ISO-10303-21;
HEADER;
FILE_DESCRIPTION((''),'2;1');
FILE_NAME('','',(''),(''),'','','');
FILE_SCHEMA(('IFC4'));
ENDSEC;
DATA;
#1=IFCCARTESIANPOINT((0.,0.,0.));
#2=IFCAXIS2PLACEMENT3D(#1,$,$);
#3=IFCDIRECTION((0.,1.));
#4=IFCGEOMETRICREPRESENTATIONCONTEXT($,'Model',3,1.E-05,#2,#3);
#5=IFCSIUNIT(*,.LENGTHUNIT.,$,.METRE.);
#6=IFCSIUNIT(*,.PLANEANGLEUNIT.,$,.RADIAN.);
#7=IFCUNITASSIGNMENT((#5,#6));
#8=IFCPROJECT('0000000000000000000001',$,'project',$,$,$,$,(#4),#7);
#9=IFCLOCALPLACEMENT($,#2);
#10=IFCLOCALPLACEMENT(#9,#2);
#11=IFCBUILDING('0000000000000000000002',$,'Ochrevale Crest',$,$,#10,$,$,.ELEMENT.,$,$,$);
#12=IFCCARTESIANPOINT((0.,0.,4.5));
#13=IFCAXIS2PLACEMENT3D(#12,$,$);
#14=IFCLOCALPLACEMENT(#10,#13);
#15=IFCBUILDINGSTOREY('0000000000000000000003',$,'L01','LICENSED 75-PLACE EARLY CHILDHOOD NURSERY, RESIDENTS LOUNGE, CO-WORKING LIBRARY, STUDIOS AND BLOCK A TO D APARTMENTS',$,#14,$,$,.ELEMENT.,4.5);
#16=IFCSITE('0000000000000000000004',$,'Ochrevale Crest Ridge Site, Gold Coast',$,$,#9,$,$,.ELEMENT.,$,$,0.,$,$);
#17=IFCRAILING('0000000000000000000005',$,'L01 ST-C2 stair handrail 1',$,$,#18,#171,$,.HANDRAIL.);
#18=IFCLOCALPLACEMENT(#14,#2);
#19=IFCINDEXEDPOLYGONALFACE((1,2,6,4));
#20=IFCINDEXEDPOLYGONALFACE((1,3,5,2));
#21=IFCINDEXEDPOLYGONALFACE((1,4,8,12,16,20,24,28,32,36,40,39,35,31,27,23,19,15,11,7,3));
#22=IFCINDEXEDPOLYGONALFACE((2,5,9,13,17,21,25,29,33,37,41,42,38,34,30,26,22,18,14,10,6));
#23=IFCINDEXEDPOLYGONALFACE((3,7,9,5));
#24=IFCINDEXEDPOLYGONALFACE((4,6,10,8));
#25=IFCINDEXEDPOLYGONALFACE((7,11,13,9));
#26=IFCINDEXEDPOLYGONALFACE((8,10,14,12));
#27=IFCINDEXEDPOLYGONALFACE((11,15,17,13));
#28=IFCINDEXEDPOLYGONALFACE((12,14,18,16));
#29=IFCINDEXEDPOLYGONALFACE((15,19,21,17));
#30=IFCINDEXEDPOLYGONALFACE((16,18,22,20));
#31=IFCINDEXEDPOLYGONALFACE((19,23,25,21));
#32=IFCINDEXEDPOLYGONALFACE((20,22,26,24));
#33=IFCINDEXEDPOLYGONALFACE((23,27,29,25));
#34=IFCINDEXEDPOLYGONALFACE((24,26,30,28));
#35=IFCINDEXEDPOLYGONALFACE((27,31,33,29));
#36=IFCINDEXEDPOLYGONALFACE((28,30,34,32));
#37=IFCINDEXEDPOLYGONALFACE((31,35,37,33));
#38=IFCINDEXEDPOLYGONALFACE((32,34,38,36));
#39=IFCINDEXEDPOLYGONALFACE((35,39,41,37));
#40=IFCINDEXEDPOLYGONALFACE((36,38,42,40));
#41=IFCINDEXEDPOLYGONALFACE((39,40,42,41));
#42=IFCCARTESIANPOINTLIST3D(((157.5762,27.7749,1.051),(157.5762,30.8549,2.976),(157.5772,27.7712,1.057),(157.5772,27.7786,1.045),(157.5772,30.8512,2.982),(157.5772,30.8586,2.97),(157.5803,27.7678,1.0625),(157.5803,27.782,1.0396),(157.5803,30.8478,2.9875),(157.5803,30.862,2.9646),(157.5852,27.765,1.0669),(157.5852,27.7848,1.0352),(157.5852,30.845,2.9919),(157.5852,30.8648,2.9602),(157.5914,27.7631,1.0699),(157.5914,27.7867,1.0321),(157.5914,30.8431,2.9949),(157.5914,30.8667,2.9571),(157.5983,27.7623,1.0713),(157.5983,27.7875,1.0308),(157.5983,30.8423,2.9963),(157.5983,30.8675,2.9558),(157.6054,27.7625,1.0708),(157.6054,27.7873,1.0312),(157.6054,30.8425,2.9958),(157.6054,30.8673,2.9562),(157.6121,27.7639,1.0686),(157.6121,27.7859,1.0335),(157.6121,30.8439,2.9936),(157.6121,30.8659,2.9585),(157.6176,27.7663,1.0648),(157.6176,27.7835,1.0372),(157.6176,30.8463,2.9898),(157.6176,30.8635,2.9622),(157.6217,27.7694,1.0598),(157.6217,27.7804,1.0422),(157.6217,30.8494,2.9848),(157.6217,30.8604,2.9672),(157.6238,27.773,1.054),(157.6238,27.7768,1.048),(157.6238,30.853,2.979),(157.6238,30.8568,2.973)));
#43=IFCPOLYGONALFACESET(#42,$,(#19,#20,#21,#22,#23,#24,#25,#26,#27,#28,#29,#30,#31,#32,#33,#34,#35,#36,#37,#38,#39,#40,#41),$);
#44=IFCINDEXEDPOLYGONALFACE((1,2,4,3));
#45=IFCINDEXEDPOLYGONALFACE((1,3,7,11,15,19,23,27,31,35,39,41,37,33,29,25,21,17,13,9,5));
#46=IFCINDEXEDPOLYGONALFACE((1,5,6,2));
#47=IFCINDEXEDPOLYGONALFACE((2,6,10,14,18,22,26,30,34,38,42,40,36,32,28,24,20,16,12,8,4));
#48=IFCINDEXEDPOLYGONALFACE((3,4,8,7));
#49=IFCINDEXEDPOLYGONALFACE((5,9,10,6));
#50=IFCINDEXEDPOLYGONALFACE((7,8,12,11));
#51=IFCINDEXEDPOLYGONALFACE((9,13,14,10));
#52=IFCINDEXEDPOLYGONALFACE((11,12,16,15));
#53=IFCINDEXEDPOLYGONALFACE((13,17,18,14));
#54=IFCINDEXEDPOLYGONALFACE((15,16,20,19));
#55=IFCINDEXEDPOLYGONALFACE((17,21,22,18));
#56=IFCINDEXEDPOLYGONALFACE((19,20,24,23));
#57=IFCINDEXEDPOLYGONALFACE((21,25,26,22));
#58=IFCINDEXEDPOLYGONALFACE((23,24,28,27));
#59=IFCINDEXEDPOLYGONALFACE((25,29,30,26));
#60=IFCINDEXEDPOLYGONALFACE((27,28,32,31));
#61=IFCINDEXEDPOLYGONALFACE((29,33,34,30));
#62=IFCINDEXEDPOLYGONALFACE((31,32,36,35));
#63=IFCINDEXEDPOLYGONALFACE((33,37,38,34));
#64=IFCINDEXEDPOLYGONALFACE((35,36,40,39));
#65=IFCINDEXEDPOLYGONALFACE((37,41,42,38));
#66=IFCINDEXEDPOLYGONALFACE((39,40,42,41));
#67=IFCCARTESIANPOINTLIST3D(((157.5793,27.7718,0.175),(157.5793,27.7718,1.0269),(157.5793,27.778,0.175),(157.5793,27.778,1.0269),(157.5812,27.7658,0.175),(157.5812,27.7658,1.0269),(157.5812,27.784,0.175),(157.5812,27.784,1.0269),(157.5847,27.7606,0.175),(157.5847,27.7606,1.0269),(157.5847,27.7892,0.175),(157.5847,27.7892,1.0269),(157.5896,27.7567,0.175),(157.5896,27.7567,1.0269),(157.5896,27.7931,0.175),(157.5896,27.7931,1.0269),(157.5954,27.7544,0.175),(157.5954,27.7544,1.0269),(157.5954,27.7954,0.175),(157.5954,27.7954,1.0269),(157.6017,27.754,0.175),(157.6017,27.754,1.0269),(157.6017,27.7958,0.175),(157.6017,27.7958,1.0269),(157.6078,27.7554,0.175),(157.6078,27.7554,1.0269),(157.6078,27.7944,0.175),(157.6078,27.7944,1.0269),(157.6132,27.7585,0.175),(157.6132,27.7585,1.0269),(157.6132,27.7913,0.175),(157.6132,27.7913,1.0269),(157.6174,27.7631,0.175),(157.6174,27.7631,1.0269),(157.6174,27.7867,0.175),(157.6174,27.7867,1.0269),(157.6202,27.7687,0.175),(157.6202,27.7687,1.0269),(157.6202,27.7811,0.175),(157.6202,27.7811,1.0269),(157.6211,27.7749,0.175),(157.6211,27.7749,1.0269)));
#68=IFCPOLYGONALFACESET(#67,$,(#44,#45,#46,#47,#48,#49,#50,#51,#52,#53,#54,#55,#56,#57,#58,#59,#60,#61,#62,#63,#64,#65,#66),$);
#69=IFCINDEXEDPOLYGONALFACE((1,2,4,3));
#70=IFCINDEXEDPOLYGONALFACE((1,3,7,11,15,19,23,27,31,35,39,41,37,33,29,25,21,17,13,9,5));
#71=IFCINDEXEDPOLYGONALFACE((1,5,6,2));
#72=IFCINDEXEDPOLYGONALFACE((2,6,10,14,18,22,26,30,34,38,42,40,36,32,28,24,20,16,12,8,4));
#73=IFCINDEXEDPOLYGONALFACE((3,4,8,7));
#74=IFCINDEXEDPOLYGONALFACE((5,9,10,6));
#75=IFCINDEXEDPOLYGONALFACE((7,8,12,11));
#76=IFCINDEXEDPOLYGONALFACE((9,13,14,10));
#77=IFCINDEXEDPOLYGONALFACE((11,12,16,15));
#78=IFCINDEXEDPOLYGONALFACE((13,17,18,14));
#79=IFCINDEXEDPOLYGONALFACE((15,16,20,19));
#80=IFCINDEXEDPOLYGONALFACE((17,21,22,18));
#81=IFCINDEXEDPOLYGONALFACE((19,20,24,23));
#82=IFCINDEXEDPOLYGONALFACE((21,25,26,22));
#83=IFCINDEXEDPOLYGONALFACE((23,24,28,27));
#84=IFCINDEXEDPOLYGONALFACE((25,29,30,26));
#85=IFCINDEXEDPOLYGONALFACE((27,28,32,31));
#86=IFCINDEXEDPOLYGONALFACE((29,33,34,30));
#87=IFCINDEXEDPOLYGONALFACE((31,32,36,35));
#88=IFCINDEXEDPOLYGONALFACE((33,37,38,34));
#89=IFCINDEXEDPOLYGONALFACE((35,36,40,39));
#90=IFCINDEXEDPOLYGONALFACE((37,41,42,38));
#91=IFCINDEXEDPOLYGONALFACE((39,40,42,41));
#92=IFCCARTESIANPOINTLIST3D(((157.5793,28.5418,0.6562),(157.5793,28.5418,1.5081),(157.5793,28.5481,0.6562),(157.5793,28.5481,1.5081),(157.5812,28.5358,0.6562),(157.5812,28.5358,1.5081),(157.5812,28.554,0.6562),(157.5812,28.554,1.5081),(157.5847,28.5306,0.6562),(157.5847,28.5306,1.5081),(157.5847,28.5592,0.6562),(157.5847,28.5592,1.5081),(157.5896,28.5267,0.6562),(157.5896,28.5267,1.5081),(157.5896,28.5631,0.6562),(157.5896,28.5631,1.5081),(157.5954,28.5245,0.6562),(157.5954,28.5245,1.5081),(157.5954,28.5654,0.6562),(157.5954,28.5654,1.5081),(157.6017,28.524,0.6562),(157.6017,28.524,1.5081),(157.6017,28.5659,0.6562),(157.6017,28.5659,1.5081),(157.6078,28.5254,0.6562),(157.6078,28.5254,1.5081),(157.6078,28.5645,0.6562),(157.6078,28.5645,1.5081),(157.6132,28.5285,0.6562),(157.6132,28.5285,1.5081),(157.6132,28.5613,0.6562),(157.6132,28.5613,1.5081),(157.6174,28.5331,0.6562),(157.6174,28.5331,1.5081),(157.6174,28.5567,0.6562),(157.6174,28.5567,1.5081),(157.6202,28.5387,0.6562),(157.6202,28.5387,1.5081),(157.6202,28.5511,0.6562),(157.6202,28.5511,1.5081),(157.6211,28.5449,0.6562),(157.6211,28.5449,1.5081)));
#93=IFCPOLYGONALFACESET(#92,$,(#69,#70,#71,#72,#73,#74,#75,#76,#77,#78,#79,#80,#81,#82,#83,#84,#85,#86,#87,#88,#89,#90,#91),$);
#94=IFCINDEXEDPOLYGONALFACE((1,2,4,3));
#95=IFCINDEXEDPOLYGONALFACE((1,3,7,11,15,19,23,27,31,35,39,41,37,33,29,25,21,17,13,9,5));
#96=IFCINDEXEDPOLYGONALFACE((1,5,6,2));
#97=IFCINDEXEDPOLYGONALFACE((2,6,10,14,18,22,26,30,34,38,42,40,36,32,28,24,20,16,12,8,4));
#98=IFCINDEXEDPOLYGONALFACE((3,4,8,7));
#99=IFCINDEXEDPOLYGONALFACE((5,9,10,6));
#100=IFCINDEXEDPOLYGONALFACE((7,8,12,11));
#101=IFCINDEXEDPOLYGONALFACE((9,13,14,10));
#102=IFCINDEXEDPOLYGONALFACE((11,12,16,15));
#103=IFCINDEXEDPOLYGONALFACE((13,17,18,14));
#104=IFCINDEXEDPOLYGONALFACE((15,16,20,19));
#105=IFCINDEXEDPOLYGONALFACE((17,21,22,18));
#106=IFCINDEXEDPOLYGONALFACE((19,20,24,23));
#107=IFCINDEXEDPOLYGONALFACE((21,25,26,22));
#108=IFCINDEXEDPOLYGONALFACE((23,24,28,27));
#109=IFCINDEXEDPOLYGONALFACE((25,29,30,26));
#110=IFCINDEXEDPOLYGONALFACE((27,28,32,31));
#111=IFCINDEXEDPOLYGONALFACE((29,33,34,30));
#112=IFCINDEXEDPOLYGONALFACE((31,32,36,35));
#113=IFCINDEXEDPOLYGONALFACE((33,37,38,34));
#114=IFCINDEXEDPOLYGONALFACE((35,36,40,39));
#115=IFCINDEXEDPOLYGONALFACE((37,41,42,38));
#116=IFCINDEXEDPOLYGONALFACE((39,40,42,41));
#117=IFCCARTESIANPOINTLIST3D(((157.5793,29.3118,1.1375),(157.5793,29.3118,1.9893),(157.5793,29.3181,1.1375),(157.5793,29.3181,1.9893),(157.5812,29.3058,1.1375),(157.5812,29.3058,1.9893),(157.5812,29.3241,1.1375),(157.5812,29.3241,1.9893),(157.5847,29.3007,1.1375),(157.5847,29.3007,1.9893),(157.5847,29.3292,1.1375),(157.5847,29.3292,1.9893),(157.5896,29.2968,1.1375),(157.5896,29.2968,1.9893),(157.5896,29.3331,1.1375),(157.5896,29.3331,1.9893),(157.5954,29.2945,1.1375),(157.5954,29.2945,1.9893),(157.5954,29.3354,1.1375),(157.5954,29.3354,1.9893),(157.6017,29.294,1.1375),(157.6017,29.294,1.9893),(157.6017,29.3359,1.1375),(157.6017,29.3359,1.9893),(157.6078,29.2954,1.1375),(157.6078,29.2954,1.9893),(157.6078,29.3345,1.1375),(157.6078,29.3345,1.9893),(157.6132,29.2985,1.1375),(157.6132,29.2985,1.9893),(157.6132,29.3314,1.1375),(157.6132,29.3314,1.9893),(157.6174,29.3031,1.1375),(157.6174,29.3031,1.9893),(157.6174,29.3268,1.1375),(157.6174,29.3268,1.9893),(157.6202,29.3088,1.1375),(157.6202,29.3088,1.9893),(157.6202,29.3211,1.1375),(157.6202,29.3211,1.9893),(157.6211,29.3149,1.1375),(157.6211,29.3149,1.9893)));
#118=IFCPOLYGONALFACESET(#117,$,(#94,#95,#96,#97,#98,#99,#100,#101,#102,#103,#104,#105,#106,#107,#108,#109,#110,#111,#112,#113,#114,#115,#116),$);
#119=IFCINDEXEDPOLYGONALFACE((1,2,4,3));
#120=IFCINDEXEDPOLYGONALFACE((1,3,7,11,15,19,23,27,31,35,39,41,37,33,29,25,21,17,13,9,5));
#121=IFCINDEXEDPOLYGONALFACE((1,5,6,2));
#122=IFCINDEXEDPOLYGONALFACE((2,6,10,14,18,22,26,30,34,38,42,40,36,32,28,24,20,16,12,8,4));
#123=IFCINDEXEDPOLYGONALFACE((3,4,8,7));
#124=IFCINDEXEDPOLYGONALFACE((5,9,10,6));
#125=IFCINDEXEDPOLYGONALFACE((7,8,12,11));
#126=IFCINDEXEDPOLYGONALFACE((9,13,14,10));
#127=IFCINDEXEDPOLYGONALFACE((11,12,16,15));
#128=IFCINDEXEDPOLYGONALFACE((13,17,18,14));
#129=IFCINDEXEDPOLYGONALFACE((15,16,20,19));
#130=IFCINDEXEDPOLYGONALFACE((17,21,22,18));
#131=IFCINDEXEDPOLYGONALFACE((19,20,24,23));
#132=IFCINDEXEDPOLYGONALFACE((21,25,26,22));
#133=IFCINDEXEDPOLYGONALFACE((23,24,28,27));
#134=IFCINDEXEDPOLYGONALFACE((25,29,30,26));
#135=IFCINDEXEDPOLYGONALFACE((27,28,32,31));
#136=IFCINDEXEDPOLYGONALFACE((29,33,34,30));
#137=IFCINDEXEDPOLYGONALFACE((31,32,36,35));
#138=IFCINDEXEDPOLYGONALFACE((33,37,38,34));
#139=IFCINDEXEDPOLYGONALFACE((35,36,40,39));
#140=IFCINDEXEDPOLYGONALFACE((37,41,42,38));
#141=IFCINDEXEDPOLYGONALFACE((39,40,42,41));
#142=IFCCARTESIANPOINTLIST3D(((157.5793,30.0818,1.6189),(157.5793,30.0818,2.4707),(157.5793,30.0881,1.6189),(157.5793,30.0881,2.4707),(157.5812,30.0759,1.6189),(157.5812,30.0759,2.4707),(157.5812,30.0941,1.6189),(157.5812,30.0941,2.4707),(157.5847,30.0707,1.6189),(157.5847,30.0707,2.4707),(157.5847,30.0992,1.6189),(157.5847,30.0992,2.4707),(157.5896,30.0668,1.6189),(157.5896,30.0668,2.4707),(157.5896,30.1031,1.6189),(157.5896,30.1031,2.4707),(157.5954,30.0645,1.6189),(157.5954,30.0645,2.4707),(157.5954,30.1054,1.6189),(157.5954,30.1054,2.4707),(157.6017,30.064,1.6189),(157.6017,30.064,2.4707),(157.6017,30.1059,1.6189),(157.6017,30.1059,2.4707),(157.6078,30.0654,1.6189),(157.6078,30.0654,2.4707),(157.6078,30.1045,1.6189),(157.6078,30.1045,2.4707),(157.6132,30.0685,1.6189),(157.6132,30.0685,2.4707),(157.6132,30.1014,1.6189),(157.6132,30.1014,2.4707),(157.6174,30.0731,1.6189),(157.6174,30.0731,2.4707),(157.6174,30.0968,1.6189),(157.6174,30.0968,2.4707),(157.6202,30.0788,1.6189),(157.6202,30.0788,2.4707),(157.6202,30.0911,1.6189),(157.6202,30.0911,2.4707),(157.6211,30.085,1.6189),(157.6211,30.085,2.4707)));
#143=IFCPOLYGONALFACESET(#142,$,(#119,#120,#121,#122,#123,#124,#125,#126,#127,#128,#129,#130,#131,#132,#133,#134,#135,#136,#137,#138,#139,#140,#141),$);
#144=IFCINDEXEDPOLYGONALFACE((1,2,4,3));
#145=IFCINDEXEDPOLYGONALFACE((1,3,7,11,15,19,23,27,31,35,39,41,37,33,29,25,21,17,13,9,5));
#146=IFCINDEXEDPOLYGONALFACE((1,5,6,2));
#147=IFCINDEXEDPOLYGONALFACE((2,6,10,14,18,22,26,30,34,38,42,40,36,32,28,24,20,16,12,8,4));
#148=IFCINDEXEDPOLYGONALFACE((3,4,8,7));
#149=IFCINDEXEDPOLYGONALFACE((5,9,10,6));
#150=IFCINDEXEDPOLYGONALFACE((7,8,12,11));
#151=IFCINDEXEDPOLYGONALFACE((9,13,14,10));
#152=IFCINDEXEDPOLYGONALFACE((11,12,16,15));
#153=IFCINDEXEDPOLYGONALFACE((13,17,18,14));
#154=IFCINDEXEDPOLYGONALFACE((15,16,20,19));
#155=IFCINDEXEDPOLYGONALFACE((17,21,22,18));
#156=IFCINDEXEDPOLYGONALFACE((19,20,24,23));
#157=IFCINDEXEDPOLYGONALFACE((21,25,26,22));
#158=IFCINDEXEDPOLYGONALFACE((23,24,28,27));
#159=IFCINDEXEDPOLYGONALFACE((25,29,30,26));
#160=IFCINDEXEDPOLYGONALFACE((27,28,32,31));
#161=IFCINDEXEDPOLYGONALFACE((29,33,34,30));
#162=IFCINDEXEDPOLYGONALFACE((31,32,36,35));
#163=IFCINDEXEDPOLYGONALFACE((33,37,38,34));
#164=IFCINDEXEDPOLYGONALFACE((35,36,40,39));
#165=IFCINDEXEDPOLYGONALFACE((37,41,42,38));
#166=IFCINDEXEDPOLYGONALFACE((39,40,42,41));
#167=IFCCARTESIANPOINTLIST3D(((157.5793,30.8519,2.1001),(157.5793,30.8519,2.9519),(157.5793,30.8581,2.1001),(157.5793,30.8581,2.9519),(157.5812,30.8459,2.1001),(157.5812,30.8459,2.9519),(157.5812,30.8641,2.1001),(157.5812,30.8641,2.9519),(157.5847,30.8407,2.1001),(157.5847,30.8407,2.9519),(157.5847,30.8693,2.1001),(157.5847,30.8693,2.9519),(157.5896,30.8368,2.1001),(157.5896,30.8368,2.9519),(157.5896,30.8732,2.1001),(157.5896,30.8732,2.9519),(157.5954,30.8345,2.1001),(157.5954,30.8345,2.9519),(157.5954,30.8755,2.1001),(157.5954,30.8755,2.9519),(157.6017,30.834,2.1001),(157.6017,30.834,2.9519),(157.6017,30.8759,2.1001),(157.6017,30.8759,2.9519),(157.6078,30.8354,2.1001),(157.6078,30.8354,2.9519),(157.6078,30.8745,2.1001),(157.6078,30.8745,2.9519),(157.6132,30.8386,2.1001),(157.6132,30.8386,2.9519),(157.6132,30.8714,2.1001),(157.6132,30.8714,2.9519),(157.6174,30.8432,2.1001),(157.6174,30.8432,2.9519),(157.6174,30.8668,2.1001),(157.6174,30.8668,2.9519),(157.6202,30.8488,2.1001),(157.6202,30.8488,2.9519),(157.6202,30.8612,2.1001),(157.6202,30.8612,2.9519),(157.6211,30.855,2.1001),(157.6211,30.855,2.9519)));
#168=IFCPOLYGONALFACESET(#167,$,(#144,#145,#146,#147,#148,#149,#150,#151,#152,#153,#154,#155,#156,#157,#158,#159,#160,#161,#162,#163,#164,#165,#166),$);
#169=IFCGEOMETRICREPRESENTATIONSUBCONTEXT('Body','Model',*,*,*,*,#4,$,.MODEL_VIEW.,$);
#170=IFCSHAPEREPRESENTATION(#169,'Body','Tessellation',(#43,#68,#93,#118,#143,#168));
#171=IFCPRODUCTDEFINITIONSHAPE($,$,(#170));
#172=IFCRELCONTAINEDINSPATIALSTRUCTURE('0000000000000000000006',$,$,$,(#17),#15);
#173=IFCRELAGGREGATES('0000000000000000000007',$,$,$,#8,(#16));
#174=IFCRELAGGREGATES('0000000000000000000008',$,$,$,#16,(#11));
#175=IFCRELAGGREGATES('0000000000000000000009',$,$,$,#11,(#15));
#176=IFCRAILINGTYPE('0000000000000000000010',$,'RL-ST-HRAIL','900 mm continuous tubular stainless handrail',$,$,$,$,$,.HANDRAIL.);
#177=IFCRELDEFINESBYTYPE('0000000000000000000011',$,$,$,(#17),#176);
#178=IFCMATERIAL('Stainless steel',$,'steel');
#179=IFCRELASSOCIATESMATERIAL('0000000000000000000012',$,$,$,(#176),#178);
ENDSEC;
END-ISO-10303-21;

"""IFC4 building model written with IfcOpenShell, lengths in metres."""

from ifc_helpers import new_model, si_unit, direction, frame, origin, origin_2d, place, context, subcontext, project, spatial, circle, extrude, material, type_object, element, save


model = new_model("IFC4")

# Units and contexts
model_context = context("Model", 3, precision=1e-05, world=origin(), true_north=direction((0.0, 1.0)))
body_context = subcontext(model_context, "Body", "Model", "MODEL_VIEW")
ifc_project = project(units=[si_unit("LENGTHUNIT", "METRE"), si_unit("PLANEANGLEUNIT", "RADIAN")], contexts=[model_context])

# Site, building, storey
site_placement = place(None, origin())
site = spatial("IfcSite", under=ifc_project, at=site_placement, Name="Ochrevale Crest Ridge Site, Gold Coast", CompositionType="ELEMENT", RefElevation=0.0)
building_placement = place(site_placement, origin())
building = spatial("IfcBuilding", under=site, at=building_placement, Name="Ochrevale Crest", CompositionType="ELEMENT")
storey_placement = place(building_placement, frame((0.0, 0.0, 4.5)))
storey = spatial("IfcBuildingStorey", under=building, at=storey_placement, Name="L01", Description="LICENSED 75-PLACE EARLY CHILDHOOD NURSERY, RESIDENTS LOUNGE, CO-WORKING LIBRARY, STUDIOS AND BLOCK A TO D APARTMENTS", CompositionType="ELEMENT", Elevation=4.5)

# Railing
ifc_material_1 = material(Name="Stainless steel", Category="steel")
railing_type_1 = type_object("IfcRailingType", Name="RL-ST-HRAIL", Description="900 mm continuous tubular stainless handrail", PredefinedType="HANDRAIL", material=ifc_material_1)
railing_1_placement = place(storey_placement, frame((157.6001, 27.7749, 0.175)))
element("IfcRailing", 1, at=railing_1_placement, inside=storey, type_object=railing_type_1, Name="L01 ST-C2 stair handrail 1", PredefinedType="HANDRAIL", context=body_context, shape_type="SweptSolid", body=[
    extrude(circle(Radius=0.0239, at=origin_2d()), frame((0.0, 0.0, 0.876), z_axis=(0.0, 0.847998, 0.529999), x_axis=(-1.0, 0.0, 0.0)), (0.0, 0.0, 1.0), 3.6321),
    extrude(circle(Radius=0.021, at=origin_2d()), origin(), (0.0, 0.0, 1.0), 0.8518),
    extrude(circle(Radius=0.021, at=origin_2d()), frame((0.0, 0.77, 0.4812)), (0.0, 0.0, 1.0), 0.8518),
    extrude(circle(Radius=0.021, at=origin_2d()), frame((0.0, 1.54, 0.9624)), (0.0, 0.0, 1.0), 0.8518),
    extrude(circle(Radius=0.021, at=origin_2d()), frame((0.0, 2.3101, 1.4438)), (0.0, 0.0, 1.0), 0.8518),
    extrude(circle(Radius=0.021, at=origin_2d()), frame((0.0, 3.0801, 1.925)), (0.0, 0.0, 1.0), 0.8518),
])

save(model, "model.ifc")
